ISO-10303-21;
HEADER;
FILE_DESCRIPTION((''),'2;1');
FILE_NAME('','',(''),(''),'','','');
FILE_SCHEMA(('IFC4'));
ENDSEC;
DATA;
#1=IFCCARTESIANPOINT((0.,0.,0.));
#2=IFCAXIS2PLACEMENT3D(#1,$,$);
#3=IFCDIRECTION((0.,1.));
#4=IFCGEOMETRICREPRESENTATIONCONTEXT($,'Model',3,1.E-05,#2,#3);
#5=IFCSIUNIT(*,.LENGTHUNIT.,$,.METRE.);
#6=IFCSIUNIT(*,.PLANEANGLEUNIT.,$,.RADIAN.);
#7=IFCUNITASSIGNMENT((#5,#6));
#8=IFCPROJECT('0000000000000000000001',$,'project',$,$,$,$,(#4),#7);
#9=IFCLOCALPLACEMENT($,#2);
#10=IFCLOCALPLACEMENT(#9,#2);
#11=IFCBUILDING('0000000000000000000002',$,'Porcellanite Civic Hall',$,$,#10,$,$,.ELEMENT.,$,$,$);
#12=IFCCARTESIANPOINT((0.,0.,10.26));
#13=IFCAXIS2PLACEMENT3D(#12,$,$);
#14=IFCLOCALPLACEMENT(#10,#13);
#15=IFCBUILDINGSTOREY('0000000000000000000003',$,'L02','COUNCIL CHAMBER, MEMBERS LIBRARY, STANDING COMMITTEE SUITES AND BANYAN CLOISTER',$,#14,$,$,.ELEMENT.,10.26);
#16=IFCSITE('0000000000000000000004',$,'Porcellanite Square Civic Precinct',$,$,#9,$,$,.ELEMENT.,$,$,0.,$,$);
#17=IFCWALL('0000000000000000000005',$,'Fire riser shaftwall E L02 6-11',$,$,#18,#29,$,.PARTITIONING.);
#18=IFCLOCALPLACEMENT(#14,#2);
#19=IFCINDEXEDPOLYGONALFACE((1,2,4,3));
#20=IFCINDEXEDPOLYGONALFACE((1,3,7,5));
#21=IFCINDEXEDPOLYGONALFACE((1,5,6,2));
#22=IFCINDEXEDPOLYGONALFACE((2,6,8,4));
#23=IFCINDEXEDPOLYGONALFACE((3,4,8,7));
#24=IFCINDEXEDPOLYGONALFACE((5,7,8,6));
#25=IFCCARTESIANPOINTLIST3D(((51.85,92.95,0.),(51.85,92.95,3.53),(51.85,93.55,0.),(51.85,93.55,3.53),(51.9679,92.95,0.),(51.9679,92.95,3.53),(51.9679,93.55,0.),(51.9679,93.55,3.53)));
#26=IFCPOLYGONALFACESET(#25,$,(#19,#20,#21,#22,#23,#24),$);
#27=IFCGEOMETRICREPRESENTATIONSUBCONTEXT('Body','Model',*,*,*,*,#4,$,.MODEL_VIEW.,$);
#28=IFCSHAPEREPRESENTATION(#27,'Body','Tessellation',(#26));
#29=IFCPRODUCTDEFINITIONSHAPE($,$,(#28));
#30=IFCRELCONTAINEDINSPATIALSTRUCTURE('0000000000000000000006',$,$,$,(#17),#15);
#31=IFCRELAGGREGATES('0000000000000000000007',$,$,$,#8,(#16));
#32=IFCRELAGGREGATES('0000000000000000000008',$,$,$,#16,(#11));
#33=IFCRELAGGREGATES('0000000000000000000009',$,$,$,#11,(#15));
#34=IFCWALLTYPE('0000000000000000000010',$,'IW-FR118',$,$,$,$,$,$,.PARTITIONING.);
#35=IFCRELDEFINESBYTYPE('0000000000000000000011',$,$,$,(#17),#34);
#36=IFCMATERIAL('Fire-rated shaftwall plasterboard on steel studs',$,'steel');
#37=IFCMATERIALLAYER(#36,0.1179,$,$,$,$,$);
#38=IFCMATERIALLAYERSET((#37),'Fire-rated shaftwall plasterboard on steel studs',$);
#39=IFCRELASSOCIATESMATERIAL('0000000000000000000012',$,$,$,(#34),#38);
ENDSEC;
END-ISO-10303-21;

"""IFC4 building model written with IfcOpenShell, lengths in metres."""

from ifc_helpers import new_model, si_unit, direction, frame, frame_2d, origin, place, context, subcontext, project, spatial, rectangle, extrude, material, layer, layer_set, type_object, element, save


model = new_model("IFC4")

# Units and contexts
model_context = context("Model", 3, precision=1e-05, world=origin(), true_north=direction((0.0, 1.0)))
body_context = subcontext(model_context, "Body", "Model", "MODEL_VIEW")
ifc_project = project(units=[si_unit("LENGTHUNIT", "METRE"), si_unit("PLANEANGLEUNIT", "RADIAN")], contexts=[model_context])

# Site, building, storey
site_placement = place(None, origin())
site = spatial("IfcSite", under=ifc_project, at=site_placement, Name="Porcellanite Square Civic Precinct", CompositionType="ELEMENT", RefElevation=0.0)
building_placement = place(site_placement, origin())
building = spatial("IfcBuilding", under=site, at=building_placement, Name="Porcellanite Civic Hall", CompositionType="ELEMENT")
storey_placement = place(building_placement, frame((0.0, 0.0, 10.26)))
storey = spatial("IfcBuildingStorey", under=building, at=storey_placement, Name="L02", Description="COUNCIL CHAMBER, MEMBERS LIBRARY, STANDING COMMITTEE SUITES AND BANYAN CLOISTER", CompositionType="ELEMENT", Elevation=10.26)

# Wall
ifc_material_1 = material(Name="Fire-rated shaftwall plasterboard on steel studs", Category="steel")
ifc_layer_1 = layer(ifc_material_1, 0.1179)
ifc_layer_set_1 = layer_set([ifc_layer_1], Name="Fire-rated shaftwall plasterboard on steel studs")
wall_type = type_object("IfcWallType", Name="IW-FR118", PredefinedType="PARTITIONING", material=ifc_layer_set_1)
wall_placement = place(storey_placement, frame((51.9089, 92.95, 0.0), z_axis=(0.0, 0.0, 1.0), x_axis=(0.0, 1.0, 0.0)))
element("IfcWall", 1, at=wall_placement, inside=storey, type_object=wall_type, Name="Fire riser shaftwall E L02 6-11", PredefinedType="PARTITIONING", context=body_context, shape_type="SweptSolid", body=[
    extrude(rectangle(XDim=0.6001, YDim=0.1179, at=frame_2d((0.3, 0.0))), origin(), (0.0, 0.0, 1.0), 3.53),
])

save(model, "model.ifc")
